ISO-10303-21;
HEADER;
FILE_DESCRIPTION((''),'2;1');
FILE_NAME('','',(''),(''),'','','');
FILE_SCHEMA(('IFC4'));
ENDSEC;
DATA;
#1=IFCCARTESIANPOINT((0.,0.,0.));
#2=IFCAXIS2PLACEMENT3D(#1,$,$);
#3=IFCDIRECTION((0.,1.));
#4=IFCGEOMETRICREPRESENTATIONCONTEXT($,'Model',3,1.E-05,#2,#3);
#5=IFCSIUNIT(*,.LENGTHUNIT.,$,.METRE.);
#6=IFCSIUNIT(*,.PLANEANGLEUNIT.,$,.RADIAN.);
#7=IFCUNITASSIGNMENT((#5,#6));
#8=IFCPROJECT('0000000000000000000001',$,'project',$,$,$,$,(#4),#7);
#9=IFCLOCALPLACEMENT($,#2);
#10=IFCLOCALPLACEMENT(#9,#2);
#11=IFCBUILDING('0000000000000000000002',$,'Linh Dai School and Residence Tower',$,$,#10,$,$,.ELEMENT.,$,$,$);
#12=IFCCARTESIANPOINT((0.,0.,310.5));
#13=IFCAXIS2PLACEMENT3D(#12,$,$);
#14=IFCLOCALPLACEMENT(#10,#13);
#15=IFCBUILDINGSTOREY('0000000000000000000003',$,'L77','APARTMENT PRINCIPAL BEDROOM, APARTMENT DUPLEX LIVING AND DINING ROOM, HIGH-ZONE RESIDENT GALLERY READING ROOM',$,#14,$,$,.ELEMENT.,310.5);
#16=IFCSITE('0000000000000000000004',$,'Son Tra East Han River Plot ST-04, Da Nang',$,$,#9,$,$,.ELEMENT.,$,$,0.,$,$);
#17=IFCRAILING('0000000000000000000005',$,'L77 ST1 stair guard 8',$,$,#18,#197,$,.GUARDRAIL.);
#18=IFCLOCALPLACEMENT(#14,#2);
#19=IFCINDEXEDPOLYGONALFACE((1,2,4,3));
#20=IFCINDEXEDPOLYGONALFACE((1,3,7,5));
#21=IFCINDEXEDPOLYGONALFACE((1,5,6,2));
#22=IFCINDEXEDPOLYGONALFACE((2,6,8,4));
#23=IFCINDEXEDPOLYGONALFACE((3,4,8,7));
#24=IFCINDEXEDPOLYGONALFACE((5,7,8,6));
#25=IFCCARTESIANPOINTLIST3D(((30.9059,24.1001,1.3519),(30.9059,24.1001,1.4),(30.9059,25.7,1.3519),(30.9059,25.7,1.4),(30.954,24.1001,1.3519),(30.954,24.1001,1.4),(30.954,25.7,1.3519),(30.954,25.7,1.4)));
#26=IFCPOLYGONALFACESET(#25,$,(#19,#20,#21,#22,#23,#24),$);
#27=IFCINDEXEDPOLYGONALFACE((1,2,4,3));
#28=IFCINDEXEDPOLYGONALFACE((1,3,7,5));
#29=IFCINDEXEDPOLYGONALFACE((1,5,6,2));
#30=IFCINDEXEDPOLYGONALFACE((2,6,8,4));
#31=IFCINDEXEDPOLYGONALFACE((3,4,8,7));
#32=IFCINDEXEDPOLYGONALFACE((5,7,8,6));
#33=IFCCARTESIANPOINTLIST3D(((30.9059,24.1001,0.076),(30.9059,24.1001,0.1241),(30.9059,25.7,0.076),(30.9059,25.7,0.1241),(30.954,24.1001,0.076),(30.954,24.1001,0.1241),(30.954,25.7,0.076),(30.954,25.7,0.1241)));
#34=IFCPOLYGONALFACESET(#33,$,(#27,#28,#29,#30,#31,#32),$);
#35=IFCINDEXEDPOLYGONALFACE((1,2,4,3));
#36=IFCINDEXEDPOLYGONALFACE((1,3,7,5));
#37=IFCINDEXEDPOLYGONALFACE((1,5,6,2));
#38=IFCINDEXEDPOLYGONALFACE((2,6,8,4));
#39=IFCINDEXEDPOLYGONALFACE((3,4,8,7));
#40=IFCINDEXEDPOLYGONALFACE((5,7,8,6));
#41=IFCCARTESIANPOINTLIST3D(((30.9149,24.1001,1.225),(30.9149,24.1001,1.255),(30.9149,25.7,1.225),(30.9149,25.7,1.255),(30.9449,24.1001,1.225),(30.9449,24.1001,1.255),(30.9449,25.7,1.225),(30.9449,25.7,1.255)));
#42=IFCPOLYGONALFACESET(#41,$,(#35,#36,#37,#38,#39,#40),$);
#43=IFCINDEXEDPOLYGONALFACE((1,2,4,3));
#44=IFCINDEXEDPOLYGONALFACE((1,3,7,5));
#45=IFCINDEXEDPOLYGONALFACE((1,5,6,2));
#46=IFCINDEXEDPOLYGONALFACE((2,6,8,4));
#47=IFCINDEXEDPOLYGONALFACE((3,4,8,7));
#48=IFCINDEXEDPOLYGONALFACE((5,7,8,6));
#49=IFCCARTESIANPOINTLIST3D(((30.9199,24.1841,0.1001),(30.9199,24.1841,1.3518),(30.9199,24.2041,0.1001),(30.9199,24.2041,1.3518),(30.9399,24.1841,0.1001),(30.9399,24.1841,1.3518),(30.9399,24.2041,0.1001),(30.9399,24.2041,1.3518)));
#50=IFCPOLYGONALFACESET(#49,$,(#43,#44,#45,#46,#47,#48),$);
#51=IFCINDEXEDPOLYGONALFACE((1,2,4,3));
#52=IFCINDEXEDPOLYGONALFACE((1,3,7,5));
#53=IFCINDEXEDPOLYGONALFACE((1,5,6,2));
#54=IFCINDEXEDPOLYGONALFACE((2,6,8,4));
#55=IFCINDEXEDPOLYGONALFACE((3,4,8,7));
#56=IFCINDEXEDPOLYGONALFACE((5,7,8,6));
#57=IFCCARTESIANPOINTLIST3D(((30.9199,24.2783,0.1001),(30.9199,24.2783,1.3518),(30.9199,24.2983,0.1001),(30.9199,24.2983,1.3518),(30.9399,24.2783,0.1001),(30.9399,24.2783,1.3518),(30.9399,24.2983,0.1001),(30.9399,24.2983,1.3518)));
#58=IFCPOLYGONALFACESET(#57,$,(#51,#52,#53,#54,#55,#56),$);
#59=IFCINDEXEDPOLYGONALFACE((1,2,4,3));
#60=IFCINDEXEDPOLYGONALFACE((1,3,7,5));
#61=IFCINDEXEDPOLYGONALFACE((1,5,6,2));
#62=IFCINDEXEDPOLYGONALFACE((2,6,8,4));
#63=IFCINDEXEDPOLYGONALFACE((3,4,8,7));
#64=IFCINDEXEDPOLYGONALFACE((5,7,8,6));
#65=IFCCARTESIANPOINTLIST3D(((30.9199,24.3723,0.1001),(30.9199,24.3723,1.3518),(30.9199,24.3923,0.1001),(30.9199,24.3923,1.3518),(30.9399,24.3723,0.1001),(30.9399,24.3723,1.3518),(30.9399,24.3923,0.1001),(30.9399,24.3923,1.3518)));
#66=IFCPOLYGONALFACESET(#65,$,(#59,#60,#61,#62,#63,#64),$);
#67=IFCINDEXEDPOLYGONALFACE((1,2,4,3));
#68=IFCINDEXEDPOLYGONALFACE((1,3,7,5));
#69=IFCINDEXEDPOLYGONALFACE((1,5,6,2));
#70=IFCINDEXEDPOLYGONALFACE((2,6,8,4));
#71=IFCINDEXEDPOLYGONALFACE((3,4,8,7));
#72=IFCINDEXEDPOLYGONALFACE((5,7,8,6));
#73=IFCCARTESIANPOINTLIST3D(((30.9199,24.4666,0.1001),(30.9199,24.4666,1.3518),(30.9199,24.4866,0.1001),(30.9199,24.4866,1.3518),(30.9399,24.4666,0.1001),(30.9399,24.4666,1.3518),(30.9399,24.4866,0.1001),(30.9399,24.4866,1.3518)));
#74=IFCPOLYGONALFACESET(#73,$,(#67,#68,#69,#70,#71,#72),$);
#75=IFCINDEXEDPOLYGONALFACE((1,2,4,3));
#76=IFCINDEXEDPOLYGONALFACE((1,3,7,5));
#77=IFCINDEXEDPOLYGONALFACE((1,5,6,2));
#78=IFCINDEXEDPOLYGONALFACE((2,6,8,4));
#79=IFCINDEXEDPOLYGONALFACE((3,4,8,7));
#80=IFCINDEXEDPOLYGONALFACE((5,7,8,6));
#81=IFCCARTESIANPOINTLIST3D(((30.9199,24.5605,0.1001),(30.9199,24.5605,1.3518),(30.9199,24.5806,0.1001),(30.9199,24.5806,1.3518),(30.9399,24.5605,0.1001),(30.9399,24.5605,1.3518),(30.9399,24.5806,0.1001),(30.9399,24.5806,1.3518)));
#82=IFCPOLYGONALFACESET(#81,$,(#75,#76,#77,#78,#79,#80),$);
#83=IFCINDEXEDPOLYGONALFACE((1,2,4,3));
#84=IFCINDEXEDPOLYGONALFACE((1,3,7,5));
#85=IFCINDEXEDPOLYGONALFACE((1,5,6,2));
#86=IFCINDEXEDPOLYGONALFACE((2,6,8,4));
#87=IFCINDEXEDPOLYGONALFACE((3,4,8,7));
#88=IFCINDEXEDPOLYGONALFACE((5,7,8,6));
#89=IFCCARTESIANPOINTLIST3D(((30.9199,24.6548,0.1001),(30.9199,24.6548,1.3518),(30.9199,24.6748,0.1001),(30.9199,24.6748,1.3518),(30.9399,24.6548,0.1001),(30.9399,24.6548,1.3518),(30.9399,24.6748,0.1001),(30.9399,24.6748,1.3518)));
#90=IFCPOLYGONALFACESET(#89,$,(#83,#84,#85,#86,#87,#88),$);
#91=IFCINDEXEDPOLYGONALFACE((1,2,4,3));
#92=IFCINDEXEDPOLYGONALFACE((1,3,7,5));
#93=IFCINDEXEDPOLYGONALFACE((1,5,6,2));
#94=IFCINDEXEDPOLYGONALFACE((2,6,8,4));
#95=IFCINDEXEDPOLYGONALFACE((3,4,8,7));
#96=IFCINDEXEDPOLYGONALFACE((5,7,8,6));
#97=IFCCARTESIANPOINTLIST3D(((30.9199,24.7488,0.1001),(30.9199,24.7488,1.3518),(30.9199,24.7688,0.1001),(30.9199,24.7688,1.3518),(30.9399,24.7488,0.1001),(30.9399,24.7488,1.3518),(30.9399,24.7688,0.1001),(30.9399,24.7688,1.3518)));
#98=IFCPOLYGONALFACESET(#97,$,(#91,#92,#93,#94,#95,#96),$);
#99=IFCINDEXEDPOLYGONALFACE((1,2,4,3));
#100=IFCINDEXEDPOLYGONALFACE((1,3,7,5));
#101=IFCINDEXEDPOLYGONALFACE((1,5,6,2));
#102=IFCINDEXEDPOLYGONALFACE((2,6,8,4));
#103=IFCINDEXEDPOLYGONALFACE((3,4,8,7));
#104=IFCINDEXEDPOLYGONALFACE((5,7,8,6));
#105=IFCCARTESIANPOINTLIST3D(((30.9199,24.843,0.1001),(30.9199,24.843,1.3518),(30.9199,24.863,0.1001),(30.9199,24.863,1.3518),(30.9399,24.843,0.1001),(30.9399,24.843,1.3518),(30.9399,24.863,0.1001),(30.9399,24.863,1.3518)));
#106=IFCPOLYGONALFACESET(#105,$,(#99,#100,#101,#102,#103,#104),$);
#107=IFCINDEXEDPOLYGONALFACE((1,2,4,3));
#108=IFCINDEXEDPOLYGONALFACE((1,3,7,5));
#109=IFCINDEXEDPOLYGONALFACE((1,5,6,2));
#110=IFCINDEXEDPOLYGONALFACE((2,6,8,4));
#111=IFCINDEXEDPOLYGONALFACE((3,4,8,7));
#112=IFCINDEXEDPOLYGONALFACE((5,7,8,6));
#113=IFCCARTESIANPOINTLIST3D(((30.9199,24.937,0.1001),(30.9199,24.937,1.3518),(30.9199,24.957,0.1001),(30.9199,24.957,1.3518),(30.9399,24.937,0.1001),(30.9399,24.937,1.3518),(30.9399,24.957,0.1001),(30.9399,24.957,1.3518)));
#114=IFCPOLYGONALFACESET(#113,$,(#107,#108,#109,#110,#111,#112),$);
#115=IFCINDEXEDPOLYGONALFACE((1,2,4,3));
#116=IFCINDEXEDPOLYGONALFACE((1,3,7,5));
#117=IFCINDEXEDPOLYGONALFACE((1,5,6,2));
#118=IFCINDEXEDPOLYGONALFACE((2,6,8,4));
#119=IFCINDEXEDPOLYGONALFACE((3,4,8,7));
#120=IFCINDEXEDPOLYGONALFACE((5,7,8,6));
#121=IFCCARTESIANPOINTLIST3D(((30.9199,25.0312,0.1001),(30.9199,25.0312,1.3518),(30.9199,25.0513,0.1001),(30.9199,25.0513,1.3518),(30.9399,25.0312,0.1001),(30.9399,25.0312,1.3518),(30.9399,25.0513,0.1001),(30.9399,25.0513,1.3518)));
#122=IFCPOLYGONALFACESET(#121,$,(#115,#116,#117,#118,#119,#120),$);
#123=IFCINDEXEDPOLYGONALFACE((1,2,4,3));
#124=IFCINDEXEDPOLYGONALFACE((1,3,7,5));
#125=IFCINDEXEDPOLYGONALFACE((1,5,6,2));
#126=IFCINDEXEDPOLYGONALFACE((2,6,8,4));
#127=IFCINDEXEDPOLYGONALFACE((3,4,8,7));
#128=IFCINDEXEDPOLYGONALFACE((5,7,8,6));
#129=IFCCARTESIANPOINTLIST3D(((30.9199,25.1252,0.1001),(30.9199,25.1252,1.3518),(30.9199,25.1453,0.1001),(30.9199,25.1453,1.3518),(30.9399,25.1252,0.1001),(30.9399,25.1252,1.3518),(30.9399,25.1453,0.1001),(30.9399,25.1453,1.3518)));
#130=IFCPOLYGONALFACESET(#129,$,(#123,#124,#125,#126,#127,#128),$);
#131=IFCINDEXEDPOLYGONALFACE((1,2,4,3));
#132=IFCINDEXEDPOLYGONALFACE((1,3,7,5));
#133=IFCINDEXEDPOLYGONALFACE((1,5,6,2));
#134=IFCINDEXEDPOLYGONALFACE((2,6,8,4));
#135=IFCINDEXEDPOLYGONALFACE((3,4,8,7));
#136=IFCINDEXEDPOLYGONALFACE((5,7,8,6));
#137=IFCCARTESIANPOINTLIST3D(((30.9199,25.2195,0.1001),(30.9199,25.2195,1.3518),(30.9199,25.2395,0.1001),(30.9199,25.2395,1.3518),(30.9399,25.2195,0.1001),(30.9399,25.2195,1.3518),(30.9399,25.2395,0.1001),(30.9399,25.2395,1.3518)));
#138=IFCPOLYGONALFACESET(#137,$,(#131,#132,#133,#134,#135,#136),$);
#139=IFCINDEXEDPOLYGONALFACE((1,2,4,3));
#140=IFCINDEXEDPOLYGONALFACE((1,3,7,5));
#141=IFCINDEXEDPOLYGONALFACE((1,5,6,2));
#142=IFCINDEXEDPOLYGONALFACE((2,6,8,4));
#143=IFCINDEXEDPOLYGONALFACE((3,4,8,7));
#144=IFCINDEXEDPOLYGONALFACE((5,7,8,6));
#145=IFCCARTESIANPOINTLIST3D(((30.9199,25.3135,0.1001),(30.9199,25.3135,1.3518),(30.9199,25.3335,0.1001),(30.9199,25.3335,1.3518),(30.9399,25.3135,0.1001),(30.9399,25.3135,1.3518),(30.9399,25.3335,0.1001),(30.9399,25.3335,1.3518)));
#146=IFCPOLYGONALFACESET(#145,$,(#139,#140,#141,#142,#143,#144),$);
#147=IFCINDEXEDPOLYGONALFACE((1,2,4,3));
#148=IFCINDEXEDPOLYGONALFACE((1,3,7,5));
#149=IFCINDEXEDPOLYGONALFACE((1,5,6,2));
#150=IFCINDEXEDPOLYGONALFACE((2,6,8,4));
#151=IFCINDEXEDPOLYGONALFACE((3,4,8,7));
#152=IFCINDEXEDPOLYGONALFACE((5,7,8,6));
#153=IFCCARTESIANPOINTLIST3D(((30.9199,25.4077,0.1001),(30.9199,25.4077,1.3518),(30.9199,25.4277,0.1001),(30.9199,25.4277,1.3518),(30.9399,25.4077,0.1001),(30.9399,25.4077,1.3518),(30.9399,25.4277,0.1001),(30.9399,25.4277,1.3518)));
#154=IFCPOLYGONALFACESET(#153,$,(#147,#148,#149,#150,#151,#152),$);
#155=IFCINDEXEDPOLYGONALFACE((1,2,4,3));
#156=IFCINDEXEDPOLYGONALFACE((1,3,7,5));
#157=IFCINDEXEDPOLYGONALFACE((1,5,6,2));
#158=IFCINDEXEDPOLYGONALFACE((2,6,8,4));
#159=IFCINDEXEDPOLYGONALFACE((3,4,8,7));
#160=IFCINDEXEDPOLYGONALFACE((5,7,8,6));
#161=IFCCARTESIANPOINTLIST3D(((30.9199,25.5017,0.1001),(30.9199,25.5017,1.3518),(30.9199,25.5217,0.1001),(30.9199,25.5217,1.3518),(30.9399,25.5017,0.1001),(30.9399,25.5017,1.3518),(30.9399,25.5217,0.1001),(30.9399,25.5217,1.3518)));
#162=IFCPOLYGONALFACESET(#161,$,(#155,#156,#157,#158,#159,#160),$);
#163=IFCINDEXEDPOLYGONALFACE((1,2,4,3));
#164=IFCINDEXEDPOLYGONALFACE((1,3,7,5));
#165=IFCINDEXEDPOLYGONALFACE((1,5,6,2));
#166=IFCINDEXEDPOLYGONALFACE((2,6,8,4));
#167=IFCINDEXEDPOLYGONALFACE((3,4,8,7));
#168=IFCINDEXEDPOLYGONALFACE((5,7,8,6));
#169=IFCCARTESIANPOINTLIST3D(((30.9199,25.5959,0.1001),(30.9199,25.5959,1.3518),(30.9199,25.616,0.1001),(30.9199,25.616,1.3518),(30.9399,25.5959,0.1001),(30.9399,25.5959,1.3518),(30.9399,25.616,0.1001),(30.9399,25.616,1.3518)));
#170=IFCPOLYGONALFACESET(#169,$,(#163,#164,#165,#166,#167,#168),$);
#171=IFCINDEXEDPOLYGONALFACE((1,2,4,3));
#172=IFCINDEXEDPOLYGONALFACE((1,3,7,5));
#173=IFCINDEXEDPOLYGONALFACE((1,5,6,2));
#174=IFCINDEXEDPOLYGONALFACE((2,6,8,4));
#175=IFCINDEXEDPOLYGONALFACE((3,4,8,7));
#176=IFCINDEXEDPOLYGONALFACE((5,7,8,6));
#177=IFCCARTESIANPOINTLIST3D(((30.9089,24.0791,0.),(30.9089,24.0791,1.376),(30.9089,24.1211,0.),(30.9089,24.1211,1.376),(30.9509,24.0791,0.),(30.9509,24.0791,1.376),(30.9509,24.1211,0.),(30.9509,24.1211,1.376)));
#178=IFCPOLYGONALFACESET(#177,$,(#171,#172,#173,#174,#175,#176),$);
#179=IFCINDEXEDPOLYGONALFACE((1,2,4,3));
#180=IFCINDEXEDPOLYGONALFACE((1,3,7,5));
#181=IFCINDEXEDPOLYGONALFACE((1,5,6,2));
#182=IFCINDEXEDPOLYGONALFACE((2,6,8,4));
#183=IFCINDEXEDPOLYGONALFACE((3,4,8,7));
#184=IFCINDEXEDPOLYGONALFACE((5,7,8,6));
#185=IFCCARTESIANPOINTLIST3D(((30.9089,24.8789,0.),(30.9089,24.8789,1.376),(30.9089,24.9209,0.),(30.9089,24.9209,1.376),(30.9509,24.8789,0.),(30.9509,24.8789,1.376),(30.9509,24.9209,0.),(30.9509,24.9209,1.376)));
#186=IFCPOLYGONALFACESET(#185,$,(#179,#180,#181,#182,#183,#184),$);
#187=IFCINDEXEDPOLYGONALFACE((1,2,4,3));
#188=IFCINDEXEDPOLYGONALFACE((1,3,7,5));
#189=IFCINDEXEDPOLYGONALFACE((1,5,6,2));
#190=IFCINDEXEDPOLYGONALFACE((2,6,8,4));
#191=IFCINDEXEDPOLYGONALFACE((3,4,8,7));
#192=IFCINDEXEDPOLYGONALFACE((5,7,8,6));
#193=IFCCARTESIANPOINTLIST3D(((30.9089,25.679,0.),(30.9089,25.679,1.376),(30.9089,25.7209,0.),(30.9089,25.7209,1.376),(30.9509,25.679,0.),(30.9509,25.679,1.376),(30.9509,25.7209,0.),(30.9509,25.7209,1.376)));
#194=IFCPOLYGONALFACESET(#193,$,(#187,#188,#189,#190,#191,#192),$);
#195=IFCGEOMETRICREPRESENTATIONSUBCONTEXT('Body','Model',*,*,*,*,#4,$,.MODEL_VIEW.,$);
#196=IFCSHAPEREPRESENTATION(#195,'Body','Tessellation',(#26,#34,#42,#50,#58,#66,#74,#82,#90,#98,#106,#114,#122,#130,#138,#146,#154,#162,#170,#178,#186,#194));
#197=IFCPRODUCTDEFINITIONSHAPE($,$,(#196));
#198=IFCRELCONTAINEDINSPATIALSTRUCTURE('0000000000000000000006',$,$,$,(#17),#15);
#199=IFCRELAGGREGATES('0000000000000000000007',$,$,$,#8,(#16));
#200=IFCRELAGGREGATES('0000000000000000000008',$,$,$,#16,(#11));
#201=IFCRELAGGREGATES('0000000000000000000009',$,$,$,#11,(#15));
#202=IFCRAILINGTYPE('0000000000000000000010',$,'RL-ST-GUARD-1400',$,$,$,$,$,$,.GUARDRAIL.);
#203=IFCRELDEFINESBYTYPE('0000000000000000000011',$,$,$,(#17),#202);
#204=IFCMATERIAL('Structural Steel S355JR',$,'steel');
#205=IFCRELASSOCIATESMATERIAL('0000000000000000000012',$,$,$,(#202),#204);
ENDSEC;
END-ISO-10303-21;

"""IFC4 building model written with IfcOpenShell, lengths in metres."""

from ifc_helpers import new_model, si_unit, direction, frame, origin, origin_2d, place, context, subcontext, project, spatial, rectangle, extrude, source, transform, mapped, material, type_object, element, save


model = new_model("IFC4")

# Units and contexts
model_context = context("Model", 3, precision=1e-05, world=origin(), true_north=direction((0.0, 1.0)))
body_context = subcontext(model_context, "Body", "Model", "MODEL_VIEW")
ifc_project = project(units=[si_unit("LENGTHUNIT", "METRE"), si_unit("PLANEANGLEUNIT", "RADIAN")], contexts=[model_context])

# Site, building, storey
site_placement = place(None, origin())
site = spatial("IfcSite", under=ifc_project, at=site_placement, Name="Son Tra East Han River Plot ST-04, Da Nang", CompositionType="ELEMENT", RefElevation=0.0)
building_placement = place(site_placement, origin())
building = spatial("IfcBuilding", under=site, at=building_placement, Name="Linh Dai School and Residence Tower", CompositionType="ELEMENT")
storey_placement = place(building_placement, frame((0.0, 0.0, 310.5)))
storey = spatial("IfcBuildingStorey", under=building, at=storey_placement, Name="L77", Description="APARTMENT PRINCIPAL BEDROOM, APARTMENT DUPLEX LIVING AND DINING ROOM, HIGH-ZONE RESIDENT GALLERY READING ROOM", CompositionType="ELEMENT", Elevation=310.5)

# Shared definitions
ifc_material_1 = material(Name="Structural Steel S355JR", Category="steel")

# Railing
railing_type_1 = type_object("IfcRailingType", Name="RL-ST-GUARD-1400", PredefinedType="GUARDRAIL", material=ifc_material_1)
shared_shape_1 = source(origin(), body_context, "Body", "SweptSolid", [
    extrude(rectangle(XDim=0.0481, YDim=0.0481, at=origin_2d()), frame((0.0, 0.0, 1.376), z_axis=(0.0, 1.0, 0.0), x_axis=(-1.0, 0.0, 0.0)), (0.0, 0.0, 1.0), 1.5999),
    extrude(rectangle(XDim=0.0481, YDim=0.0481, at=origin_2d()), frame((0.0, 0.0, 0.1001), z_axis=(0.0, 1.0, 0.0), x_axis=(-1.0, 0.0, 0.0)), (0.0, 0.0, 1.0), 1.5999),
    extrude(rectangle(XDim=0.03, YDim=0.03, at=origin_2d()), frame((0.0, 0.0, 1.24), z_axis=(0.0, 1.0, 0.0), x_axis=(-1.0, 0.0, 0.0)), (0.0, 0.0, 1.0), 1.5999),
    extrude(rectangle(XDim=0.02, YDim=0.02, at=origin_2d()), frame((0.0, 0.094, 0.1001)), (0.0, 0.0, 1.0), 1.2517),
    extrude(rectangle(XDim=0.02, YDim=0.02, at=origin_2d()), frame((0.0, 0.1882, 0.1001)), (0.0, 0.0, 1.0), 1.2517),
    extrude(rectangle(XDim=0.02, YDim=0.02, at=origin_2d()), frame((0.0, 0.2822, 0.1001)), (0.0, 0.0, 1.0), 1.2517),
    extrude(rectangle(XDim=0.02, YDim=0.02, at=origin_2d()), frame((0.0, 0.3765, 0.1001)), (0.0, 0.0, 1.0), 1.2517),
    extrude(rectangle(XDim=0.02, YDim=0.02, at=origin_2d()), frame((0.0, 0.4705, 0.1001)), (0.0, 0.0, 1.0), 1.2517),
    extrude(rectangle(XDim=0.02, YDim=0.02, at=origin_2d()), frame((0.0, 0.5647, 0.1001)), (0.0, 0.0, 1.0), 1.2517),
    extrude(rectangle(XDim=0.02, YDim=0.02, at=origin_2d()), frame((0.0, 0.6587, 0.1001)), (0.0, 0.0, 1.0), 1.2517),
    extrude(rectangle(XDim=0.02, YDim=0.02, at=origin_2d()), frame((0.0, 0.7529, 0.1001)), (0.0, 0.0, 1.0), 1.2517),
    extrude(rectangle(XDim=0.02, YDim=0.02, at=origin_2d()), frame((0.0, 0.8469, 0.1001)), (0.0, 0.0, 1.0), 1.2517),
    extrude(rectangle(XDim=0.02, YDim=0.02, at=origin_2d()), frame((0.0, 0.9412, 0.1001)), (0.0, 0.0, 1.0), 1.2517),
    extrude(rectangle(XDim=0.02, YDim=0.02, at=origin_2d()), frame((0.0, 1.0352, 0.1001)), (0.0, 0.0, 1.0), 1.2517),
    extrude(rectangle(XDim=0.02, YDim=0.02, at=origin_2d()), frame((0.0, 1.1294, 0.1001)), (0.0, 0.0, 1.0), 1.2517),
    extrude(rectangle(XDim=0.02, YDim=0.02, at=origin_2d()), frame((0.0, 1.2234, 0.1001)), (0.0, 0.0, 1.0), 1.2517),
    extrude(rectangle(XDim=0.02, YDim=0.02, at=origin_2d()), frame((0.0, 1.3176, 0.1001)), (0.0, 0.0, 1.0), 1.2517),
    extrude(rectangle(XDim=0.02, YDim=0.02, at=origin_2d()), frame((0.0, 1.4116, 0.1001)), (0.0, 0.0, 1.0), 1.2517),
    extrude(rectangle(XDim=0.02, YDim=0.02, at=origin_2d()), frame((0.0, 1.5059, 0.1001)), (0.0, 0.0, 1.0), 1.2517),
    extrude(rectangle(XDim=0.042, YDim=0.042, at=origin_2d()), origin(), (0.0, 0.0, 1.0), 1.376),
    extrude(rectangle(XDim=0.042, YDim=0.042, at=origin_2d()), frame((0.0, 0.7998, 0.0)), (0.0, 0.0, 1.0), 1.376),
    extrude(rectangle(XDim=0.042, YDim=0.042, at=origin_2d()), frame((0.0, 1.5999, 0.0)), (0.0, 0.0, 1.0), 1.376),
])
for number, where, name in (
    (1, (30.9299, 24.1001, 0.0), "L77 ST1 stair guard 8"),
):
    element("IfcRailing", number, at=place(storey_placement, frame(where)), inside=storey, type_object=railing_type_1, Name=name, PredefinedType="GUARDRAIL", context=body_context, shape_type="MappedRepresentation", body=[
        mapped(shared_shape_1, transform((0.0, 0.0, 0.0), x_axis=(1.0, 0.0, 0.0), y_axis=(0.0, 1.0, 0.0), z_axis=(0.0, 0.0, 1.0), scale=1.0)),
    ])

save(model, "model.ifc")
